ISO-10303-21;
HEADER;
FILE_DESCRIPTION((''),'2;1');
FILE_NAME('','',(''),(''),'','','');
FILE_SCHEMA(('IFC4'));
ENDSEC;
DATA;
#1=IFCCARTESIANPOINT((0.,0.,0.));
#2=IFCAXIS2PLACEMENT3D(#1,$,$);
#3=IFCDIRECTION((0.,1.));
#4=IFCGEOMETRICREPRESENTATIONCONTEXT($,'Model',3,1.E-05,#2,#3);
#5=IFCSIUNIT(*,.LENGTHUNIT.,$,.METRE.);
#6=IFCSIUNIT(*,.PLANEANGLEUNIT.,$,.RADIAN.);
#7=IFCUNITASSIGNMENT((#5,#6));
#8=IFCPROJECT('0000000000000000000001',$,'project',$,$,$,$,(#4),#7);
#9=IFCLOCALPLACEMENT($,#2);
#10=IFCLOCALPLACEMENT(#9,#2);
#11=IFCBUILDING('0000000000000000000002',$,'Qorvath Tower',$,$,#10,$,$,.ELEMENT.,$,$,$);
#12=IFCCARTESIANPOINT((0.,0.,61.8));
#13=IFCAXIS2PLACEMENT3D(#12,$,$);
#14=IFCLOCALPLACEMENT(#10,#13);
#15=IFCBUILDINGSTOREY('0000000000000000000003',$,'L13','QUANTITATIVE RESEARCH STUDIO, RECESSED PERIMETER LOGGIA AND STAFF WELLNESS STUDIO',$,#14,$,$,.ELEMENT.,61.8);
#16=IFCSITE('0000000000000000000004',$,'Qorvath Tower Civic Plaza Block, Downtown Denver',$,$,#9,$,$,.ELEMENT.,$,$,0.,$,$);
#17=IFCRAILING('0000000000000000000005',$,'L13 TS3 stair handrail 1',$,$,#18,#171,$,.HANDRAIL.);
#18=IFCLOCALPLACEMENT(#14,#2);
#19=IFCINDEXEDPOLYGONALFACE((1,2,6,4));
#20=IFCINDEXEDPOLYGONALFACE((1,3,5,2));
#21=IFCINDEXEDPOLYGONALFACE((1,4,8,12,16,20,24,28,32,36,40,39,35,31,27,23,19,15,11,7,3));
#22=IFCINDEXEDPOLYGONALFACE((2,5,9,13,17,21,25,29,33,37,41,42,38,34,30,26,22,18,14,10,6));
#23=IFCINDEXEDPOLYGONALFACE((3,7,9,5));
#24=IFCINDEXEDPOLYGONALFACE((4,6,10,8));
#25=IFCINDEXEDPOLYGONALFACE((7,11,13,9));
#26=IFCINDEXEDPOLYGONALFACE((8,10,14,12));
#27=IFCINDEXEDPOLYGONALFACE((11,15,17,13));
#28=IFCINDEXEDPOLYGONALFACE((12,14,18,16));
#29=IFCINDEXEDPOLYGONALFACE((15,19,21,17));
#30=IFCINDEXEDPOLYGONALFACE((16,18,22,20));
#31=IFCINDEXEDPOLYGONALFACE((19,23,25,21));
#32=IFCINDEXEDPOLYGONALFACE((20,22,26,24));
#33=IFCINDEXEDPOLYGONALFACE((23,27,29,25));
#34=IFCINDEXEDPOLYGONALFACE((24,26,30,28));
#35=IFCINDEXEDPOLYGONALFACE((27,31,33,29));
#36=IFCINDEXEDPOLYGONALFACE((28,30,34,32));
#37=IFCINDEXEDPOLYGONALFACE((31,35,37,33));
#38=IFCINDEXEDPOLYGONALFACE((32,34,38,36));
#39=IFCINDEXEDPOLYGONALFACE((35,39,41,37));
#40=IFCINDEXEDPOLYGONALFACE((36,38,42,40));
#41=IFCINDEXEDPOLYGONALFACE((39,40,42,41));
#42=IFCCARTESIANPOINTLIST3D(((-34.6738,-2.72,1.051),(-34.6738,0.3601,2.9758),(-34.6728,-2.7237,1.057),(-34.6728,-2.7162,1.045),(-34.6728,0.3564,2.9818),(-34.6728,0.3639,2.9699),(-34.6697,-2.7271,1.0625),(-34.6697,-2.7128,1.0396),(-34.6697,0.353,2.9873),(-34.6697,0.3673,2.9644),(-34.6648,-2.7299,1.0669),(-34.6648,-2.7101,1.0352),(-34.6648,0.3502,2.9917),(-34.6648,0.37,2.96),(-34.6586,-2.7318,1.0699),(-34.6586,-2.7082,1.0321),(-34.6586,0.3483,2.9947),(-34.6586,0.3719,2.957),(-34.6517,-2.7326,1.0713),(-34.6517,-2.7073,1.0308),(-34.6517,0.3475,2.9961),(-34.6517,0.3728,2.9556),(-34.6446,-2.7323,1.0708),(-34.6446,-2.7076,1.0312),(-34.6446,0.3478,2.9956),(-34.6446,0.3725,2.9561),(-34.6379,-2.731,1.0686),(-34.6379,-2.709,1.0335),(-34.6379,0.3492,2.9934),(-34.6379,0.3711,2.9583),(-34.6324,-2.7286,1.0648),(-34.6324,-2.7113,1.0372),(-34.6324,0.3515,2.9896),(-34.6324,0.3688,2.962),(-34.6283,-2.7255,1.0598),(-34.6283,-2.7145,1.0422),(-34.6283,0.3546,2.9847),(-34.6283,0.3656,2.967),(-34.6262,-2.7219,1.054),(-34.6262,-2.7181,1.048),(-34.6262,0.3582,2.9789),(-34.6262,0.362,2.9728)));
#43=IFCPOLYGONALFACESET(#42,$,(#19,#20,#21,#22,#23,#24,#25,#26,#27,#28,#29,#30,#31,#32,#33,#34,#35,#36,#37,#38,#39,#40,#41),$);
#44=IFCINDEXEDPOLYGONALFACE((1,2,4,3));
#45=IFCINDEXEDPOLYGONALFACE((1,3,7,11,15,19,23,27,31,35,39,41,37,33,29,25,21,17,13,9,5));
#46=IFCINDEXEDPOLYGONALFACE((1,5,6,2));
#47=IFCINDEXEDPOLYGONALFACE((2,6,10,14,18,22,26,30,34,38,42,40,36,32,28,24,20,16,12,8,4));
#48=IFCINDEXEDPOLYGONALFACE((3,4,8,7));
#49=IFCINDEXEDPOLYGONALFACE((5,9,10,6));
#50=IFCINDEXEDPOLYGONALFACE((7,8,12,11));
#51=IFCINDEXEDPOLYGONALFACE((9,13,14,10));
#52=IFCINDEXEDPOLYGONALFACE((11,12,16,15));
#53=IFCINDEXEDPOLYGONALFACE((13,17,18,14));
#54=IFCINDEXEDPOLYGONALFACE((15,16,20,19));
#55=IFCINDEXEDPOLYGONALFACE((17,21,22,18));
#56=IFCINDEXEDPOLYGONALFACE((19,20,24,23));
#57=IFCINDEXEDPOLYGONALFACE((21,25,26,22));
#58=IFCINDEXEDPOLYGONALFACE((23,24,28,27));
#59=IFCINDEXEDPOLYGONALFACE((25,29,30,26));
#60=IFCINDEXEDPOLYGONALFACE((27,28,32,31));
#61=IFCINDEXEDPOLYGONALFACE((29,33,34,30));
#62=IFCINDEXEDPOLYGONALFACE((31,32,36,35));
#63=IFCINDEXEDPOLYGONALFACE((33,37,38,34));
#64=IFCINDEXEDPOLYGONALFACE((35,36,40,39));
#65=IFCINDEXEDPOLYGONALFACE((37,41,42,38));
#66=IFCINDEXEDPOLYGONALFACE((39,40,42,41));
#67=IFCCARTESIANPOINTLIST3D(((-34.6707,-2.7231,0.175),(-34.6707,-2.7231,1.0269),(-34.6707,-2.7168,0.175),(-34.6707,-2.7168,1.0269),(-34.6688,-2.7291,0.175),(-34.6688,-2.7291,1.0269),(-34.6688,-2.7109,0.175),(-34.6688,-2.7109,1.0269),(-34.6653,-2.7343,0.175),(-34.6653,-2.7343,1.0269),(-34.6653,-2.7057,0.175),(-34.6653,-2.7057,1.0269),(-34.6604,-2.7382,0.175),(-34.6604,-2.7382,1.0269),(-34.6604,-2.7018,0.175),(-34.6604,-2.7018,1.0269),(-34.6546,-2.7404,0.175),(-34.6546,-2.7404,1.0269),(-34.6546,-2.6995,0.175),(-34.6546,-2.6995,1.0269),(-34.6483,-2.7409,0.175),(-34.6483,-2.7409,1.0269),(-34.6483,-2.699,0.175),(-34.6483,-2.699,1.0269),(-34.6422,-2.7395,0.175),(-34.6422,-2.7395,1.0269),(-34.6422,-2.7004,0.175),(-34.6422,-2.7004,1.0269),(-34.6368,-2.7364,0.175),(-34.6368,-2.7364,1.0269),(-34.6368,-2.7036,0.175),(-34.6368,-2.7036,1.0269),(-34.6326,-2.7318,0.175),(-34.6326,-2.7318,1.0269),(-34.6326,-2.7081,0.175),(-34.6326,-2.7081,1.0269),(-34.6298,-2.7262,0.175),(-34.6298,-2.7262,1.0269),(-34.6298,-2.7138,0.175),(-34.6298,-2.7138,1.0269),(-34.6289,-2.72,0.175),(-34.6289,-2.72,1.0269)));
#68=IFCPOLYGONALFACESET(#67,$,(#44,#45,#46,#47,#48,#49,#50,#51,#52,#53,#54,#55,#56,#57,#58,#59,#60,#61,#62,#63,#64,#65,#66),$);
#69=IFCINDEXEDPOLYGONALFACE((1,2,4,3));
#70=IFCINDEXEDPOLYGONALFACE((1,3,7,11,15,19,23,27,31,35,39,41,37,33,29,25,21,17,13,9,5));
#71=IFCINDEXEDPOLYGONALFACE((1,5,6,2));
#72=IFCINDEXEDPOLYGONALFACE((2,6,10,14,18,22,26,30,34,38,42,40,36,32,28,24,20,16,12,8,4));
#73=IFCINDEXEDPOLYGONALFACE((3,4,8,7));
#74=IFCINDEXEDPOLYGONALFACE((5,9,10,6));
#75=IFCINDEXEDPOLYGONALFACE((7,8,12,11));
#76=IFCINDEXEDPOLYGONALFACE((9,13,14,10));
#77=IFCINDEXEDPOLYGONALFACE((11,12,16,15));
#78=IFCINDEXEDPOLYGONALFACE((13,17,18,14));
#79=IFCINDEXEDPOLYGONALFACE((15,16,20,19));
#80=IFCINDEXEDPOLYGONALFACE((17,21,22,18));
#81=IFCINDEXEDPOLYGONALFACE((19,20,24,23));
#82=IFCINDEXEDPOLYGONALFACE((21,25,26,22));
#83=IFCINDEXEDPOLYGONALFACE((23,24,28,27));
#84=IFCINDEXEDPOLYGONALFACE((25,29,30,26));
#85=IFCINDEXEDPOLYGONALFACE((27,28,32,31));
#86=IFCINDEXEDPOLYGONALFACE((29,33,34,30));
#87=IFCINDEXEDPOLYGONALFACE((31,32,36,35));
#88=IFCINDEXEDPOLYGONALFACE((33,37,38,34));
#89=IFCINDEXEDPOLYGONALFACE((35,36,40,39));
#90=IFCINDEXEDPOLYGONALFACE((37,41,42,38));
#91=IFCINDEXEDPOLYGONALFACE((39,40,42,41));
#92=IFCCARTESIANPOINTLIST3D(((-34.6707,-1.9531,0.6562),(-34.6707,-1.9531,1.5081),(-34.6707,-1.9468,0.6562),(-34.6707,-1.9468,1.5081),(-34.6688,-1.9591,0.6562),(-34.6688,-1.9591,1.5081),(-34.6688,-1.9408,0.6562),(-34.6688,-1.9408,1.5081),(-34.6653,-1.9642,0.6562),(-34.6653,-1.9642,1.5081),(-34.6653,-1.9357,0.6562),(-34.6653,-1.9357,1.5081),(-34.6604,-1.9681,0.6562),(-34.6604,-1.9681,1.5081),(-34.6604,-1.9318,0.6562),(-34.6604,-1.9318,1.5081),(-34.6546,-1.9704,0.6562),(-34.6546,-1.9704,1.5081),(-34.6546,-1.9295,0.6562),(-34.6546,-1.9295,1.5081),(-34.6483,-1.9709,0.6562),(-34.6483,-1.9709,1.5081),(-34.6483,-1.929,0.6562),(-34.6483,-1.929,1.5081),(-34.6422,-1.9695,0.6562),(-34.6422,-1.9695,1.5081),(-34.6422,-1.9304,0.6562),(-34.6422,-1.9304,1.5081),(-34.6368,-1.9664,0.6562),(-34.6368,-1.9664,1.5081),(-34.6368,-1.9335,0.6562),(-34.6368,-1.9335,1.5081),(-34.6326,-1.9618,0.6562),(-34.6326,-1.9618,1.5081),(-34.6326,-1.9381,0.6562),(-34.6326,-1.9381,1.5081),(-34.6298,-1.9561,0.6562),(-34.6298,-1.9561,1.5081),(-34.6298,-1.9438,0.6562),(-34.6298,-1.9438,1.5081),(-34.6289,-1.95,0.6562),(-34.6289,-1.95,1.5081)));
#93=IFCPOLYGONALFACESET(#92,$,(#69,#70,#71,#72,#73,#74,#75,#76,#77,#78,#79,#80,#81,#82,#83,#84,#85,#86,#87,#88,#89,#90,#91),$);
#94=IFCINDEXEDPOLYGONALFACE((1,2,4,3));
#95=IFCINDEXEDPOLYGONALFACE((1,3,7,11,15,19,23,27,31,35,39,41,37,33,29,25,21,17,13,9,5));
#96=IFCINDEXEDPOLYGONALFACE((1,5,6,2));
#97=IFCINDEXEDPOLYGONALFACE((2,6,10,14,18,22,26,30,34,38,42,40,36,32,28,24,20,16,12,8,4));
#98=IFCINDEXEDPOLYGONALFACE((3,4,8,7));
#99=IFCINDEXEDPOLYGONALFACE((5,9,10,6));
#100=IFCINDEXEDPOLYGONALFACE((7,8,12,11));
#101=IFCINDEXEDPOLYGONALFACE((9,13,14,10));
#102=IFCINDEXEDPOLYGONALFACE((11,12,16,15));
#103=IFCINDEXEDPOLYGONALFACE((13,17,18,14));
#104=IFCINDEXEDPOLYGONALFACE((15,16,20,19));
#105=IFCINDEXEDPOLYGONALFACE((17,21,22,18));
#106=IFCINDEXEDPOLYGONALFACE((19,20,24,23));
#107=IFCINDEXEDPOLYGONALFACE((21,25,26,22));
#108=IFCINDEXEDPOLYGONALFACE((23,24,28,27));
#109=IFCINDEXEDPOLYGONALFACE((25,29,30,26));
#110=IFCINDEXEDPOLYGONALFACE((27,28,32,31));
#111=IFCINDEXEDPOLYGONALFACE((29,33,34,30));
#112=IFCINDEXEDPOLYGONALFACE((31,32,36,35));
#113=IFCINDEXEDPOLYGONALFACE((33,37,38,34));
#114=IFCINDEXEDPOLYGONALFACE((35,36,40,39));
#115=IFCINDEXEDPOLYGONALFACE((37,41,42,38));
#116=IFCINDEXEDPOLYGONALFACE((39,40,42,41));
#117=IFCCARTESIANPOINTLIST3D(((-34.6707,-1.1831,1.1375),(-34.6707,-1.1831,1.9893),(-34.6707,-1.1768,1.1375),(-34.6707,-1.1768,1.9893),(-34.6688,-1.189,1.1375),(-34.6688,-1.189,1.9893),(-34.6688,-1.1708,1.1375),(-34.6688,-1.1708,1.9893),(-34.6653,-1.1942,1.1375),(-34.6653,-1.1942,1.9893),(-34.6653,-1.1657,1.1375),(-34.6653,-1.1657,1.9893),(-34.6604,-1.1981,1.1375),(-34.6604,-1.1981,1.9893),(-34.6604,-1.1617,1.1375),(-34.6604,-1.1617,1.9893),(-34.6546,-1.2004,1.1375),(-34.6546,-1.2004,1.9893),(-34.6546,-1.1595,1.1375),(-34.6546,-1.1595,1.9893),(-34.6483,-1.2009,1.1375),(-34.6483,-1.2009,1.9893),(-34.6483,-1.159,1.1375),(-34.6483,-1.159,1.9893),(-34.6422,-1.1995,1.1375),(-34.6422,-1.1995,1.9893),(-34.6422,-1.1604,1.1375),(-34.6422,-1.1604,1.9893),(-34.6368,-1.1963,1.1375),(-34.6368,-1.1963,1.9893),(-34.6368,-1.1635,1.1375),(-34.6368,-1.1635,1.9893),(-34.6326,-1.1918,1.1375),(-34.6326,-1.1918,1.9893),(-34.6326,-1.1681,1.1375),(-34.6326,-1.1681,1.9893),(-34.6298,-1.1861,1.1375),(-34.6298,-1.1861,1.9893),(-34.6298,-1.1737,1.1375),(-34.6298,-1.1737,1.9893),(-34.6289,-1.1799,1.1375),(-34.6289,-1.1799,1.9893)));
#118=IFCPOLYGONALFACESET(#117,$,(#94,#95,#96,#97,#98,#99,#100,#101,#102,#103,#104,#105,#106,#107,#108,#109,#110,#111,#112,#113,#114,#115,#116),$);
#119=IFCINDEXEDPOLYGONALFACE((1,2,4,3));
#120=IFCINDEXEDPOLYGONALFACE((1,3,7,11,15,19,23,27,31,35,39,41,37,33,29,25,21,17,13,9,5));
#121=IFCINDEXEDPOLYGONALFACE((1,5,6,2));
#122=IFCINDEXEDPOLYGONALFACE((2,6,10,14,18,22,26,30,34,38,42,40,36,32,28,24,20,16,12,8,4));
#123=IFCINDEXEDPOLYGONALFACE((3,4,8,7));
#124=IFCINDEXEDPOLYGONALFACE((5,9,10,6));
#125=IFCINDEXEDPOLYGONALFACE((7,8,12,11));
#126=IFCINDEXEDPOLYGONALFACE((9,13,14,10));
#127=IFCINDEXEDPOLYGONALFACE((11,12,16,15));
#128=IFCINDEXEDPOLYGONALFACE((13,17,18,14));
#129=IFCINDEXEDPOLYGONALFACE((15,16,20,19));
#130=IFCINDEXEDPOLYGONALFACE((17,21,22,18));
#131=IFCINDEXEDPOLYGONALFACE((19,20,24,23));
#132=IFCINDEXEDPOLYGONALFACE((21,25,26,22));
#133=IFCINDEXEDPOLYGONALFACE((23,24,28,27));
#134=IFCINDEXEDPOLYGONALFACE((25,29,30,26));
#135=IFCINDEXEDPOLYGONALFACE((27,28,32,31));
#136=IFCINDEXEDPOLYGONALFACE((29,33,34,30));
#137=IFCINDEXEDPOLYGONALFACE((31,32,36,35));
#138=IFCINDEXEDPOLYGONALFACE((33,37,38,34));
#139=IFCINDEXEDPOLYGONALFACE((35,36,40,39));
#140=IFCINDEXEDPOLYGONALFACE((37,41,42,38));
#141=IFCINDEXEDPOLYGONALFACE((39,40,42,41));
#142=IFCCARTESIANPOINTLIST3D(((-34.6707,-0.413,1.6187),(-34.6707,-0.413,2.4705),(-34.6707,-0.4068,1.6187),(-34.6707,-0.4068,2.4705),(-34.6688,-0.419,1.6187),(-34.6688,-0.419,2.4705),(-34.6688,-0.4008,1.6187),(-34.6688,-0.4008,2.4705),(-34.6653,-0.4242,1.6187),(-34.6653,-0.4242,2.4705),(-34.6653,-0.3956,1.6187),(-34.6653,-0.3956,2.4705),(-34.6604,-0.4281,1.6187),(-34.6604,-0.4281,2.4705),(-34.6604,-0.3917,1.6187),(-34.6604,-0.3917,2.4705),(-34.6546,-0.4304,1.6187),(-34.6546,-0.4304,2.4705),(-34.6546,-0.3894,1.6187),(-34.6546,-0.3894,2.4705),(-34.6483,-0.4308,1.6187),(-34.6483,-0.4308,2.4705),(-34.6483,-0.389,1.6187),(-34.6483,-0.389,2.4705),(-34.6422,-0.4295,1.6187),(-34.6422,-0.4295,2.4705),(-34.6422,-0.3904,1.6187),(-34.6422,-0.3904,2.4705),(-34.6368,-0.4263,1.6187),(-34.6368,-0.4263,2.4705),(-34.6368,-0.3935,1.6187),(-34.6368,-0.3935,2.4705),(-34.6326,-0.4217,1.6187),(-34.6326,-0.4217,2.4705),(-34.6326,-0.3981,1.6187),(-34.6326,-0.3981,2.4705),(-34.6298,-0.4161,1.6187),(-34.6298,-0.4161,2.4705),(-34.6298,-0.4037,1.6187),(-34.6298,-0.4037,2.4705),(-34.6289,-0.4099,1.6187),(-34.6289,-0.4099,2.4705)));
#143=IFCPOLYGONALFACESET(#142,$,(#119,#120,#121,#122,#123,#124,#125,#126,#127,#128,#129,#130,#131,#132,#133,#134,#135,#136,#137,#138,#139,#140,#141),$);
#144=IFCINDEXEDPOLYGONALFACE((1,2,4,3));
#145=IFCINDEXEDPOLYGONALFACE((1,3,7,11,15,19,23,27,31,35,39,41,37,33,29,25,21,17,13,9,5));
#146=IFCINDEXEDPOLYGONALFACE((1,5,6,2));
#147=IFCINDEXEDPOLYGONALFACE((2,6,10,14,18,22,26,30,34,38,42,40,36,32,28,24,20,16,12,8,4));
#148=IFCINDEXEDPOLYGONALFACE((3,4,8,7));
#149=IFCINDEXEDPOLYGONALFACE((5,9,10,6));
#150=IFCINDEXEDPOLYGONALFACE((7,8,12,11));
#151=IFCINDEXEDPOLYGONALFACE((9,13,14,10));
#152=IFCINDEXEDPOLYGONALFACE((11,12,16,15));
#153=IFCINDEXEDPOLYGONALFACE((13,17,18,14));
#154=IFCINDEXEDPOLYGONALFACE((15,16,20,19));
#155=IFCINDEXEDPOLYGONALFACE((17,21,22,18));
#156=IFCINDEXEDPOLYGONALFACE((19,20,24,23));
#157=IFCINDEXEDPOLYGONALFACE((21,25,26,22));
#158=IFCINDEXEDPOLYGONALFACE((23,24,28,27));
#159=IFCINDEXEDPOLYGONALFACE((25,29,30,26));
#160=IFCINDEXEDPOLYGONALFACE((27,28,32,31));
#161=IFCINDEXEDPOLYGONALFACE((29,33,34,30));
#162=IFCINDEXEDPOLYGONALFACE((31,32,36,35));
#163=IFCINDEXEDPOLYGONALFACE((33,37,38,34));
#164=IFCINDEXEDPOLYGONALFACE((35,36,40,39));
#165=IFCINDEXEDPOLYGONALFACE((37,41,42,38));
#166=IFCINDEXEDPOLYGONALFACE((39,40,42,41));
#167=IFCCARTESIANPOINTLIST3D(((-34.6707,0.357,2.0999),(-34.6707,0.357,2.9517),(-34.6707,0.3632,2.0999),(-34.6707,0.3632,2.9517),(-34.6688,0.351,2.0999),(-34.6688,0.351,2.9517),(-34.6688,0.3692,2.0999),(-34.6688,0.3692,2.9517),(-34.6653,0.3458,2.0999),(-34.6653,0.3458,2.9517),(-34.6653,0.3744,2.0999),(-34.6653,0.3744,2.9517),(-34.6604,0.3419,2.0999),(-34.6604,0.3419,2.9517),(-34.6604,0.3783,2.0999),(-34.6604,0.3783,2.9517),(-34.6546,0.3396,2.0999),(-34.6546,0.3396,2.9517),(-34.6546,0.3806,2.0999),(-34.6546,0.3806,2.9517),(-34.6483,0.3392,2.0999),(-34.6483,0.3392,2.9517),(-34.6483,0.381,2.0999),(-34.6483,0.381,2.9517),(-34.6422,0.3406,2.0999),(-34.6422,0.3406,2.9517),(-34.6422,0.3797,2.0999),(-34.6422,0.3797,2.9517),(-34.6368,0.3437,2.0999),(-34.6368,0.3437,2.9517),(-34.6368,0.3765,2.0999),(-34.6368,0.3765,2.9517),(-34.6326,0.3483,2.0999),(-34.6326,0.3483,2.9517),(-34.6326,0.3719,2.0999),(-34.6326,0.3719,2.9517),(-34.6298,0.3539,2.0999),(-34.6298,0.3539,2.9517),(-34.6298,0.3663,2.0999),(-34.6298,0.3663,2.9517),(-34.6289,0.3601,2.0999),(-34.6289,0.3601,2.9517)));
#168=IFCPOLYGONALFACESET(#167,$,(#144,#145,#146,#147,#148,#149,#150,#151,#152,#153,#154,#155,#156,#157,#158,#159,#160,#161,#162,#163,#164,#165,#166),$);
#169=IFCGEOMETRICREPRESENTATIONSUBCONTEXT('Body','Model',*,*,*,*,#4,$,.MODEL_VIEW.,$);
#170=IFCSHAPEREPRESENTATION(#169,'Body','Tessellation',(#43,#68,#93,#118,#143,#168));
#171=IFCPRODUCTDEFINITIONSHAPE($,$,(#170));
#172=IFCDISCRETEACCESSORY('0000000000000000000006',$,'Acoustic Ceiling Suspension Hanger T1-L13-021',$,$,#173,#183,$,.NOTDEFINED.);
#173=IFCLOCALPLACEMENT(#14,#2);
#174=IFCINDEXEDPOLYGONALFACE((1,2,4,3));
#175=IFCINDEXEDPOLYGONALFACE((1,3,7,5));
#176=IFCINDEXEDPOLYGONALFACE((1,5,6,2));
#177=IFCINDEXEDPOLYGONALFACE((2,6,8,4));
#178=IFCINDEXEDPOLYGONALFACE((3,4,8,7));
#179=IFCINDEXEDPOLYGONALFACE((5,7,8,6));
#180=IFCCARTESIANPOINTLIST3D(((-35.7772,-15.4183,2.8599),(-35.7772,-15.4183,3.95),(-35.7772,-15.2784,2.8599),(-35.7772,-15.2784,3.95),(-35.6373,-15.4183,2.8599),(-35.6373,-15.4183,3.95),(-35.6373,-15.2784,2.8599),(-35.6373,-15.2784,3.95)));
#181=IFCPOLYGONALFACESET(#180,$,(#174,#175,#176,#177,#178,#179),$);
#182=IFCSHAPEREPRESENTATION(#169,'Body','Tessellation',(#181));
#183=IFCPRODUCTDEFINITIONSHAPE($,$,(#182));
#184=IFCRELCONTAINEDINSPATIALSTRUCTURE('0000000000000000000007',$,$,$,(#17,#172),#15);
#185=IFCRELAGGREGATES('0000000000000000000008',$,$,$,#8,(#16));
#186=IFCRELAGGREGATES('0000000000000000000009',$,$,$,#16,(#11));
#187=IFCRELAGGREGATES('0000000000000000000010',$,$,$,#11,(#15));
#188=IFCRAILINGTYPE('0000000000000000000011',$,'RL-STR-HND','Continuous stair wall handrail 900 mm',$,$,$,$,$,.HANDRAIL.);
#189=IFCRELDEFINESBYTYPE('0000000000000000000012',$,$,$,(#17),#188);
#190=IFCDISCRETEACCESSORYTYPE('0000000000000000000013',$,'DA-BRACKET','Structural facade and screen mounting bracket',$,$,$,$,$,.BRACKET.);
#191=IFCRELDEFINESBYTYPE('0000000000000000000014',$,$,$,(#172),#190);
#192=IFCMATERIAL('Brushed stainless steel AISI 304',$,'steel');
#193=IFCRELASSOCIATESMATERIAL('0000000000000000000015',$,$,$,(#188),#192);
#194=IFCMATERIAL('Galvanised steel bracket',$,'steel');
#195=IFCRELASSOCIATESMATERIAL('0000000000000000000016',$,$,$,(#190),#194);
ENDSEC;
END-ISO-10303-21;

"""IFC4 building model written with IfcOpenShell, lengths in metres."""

from ifc_helpers import new_model, si_unit, direction, frame, origin, origin_2d, place, context, subcontext, project, spatial, rectangle, circle, extrude, material, type_object, element, save


model = new_model("IFC4")

# Units and contexts
model_context = context("Model", 3, precision=1e-05, world=origin(), true_north=direction((0.0, 1.0)))
body_context = subcontext(model_context, "Body", "Model", "MODEL_VIEW")
ifc_project = project(units=[si_unit("LENGTHUNIT", "METRE"), si_unit("PLANEANGLEUNIT", "RADIAN")], contexts=[model_context])

# Site, building, storey
site_placement = place(None, origin())
site = spatial("IfcSite", under=ifc_project, at=site_placement, Name="Qorvath Tower Civic Plaza Block, Downtown Denver", CompositionType="ELEMENT", RefElevation=0.0)
building_placement = place(site_placement, origin())
building = spatial("IfcBuilding", under=site, at=building_placement, Name="Qorvath Tower", CompositionType="ELEMENT")
storey_placement = place(building_placement, frame((0.0, 0.0, 61.8)))
storey = spatial("IfcBuildingStorey", under=building, at=storey_placement, Name="L13", Description="QUANTITATIVE RESEARCH STUDIO, RECESSED PERIMETER LOGGIA AND STAFF WELLNESS STUDIO", CompositionType="ELEMENT", Elevation=61.8)

# Railing
ifc_material_1 = material(Name="Brushed stainless steel AISI 304", Category="steel")
railing_type_1 = type_object("IfcRailingType", Name="RL-STR-HND", Description="Continuous stair wall handrail 900 mm", PredefinedType="HANDRAIL", material=ifc_material_1)
railing_1_placement = place(storey_placement, frame((-34.6499, -2.72, 0.175)))
element("IfcRailing", 1, at=railing_1_placement, inside=storey, type_object=railing_type_1, Name="L13 TS3 stair handrail 1", PredefinedType="HANDRAIL", context=body_context, shape_type="SweptSolid", body=[
    extrude(circle(Radius=0.0239, at=origin_2d()), frame((0.0, 0.0, 0.876), z_axis=(0.0, 0.848029, 0.529951), x_axis=(-1.0, 0.0, 0.0)), (0.0, 0.0, 1.0), 3.6321),
    extrude(circle(Radius=0.021, at=origin_2d()), origin(), (0.0, 0.0, 1.0), 0.8518),
    extrude(circle(Radius=0.021, at=origin_2d()), frame((0.0, 0.77, 0.4812)), (0.0, 0.0, 1.0), 0.8518),
    extrude(circle(Radius=0.021, at=origin_2d()), frame((0.0, 1.54, 0.9624)), (0.0, 0.0, 1.0), 0.8518),
    extrude(circle(Radius=0.021, at=origin_2d()), frame((0.0, 2.3101, 1.4436)), (0.0, 0.0, 1.0), 0.8518),
    extrude(circle(Radius=0.021, at=origin_2d()), frame((0.0, 3.0801, 1.9248)), (0.0, 0.0, 1.0), 0.8518),
])

# Discrete accessory
ifc_material_2 = material(Name="Galvanised steel bracket", Category="steel")
discrete_accessory_type = type_object("IfcDiscreteAccessoryType", Name="DA-BRACKET", Description="Structural facade and screen mounting bracket", PredefinedType="BRACKET", material=ifc_material_2)
discrete_accessory_placement = place(storey_placement, frame((-35.7073, -15.3484, 2.8599), z_axis=(0.0, 0.0, 1.0), x_axis=(1.0, 0.0, 0.0)))
element("IfcDiscreteAccessory", 2, at=discrete_accessory_placement, inside=storey, type_object=discrete_accessory_type, Name="Acoustic Ceiling Suspension Hanger T1-L13-021", PredefinedType="NOTDEFINED", context=body_context, shape_type="SweptSolid", body=[
    extrude(rectangle(XDim=0.1399, YDim=0.1399, at=origin_2d()), origin(), (0.0, 0.0, 1.0), 1.0901),
])

save(model, "model.ifc")
